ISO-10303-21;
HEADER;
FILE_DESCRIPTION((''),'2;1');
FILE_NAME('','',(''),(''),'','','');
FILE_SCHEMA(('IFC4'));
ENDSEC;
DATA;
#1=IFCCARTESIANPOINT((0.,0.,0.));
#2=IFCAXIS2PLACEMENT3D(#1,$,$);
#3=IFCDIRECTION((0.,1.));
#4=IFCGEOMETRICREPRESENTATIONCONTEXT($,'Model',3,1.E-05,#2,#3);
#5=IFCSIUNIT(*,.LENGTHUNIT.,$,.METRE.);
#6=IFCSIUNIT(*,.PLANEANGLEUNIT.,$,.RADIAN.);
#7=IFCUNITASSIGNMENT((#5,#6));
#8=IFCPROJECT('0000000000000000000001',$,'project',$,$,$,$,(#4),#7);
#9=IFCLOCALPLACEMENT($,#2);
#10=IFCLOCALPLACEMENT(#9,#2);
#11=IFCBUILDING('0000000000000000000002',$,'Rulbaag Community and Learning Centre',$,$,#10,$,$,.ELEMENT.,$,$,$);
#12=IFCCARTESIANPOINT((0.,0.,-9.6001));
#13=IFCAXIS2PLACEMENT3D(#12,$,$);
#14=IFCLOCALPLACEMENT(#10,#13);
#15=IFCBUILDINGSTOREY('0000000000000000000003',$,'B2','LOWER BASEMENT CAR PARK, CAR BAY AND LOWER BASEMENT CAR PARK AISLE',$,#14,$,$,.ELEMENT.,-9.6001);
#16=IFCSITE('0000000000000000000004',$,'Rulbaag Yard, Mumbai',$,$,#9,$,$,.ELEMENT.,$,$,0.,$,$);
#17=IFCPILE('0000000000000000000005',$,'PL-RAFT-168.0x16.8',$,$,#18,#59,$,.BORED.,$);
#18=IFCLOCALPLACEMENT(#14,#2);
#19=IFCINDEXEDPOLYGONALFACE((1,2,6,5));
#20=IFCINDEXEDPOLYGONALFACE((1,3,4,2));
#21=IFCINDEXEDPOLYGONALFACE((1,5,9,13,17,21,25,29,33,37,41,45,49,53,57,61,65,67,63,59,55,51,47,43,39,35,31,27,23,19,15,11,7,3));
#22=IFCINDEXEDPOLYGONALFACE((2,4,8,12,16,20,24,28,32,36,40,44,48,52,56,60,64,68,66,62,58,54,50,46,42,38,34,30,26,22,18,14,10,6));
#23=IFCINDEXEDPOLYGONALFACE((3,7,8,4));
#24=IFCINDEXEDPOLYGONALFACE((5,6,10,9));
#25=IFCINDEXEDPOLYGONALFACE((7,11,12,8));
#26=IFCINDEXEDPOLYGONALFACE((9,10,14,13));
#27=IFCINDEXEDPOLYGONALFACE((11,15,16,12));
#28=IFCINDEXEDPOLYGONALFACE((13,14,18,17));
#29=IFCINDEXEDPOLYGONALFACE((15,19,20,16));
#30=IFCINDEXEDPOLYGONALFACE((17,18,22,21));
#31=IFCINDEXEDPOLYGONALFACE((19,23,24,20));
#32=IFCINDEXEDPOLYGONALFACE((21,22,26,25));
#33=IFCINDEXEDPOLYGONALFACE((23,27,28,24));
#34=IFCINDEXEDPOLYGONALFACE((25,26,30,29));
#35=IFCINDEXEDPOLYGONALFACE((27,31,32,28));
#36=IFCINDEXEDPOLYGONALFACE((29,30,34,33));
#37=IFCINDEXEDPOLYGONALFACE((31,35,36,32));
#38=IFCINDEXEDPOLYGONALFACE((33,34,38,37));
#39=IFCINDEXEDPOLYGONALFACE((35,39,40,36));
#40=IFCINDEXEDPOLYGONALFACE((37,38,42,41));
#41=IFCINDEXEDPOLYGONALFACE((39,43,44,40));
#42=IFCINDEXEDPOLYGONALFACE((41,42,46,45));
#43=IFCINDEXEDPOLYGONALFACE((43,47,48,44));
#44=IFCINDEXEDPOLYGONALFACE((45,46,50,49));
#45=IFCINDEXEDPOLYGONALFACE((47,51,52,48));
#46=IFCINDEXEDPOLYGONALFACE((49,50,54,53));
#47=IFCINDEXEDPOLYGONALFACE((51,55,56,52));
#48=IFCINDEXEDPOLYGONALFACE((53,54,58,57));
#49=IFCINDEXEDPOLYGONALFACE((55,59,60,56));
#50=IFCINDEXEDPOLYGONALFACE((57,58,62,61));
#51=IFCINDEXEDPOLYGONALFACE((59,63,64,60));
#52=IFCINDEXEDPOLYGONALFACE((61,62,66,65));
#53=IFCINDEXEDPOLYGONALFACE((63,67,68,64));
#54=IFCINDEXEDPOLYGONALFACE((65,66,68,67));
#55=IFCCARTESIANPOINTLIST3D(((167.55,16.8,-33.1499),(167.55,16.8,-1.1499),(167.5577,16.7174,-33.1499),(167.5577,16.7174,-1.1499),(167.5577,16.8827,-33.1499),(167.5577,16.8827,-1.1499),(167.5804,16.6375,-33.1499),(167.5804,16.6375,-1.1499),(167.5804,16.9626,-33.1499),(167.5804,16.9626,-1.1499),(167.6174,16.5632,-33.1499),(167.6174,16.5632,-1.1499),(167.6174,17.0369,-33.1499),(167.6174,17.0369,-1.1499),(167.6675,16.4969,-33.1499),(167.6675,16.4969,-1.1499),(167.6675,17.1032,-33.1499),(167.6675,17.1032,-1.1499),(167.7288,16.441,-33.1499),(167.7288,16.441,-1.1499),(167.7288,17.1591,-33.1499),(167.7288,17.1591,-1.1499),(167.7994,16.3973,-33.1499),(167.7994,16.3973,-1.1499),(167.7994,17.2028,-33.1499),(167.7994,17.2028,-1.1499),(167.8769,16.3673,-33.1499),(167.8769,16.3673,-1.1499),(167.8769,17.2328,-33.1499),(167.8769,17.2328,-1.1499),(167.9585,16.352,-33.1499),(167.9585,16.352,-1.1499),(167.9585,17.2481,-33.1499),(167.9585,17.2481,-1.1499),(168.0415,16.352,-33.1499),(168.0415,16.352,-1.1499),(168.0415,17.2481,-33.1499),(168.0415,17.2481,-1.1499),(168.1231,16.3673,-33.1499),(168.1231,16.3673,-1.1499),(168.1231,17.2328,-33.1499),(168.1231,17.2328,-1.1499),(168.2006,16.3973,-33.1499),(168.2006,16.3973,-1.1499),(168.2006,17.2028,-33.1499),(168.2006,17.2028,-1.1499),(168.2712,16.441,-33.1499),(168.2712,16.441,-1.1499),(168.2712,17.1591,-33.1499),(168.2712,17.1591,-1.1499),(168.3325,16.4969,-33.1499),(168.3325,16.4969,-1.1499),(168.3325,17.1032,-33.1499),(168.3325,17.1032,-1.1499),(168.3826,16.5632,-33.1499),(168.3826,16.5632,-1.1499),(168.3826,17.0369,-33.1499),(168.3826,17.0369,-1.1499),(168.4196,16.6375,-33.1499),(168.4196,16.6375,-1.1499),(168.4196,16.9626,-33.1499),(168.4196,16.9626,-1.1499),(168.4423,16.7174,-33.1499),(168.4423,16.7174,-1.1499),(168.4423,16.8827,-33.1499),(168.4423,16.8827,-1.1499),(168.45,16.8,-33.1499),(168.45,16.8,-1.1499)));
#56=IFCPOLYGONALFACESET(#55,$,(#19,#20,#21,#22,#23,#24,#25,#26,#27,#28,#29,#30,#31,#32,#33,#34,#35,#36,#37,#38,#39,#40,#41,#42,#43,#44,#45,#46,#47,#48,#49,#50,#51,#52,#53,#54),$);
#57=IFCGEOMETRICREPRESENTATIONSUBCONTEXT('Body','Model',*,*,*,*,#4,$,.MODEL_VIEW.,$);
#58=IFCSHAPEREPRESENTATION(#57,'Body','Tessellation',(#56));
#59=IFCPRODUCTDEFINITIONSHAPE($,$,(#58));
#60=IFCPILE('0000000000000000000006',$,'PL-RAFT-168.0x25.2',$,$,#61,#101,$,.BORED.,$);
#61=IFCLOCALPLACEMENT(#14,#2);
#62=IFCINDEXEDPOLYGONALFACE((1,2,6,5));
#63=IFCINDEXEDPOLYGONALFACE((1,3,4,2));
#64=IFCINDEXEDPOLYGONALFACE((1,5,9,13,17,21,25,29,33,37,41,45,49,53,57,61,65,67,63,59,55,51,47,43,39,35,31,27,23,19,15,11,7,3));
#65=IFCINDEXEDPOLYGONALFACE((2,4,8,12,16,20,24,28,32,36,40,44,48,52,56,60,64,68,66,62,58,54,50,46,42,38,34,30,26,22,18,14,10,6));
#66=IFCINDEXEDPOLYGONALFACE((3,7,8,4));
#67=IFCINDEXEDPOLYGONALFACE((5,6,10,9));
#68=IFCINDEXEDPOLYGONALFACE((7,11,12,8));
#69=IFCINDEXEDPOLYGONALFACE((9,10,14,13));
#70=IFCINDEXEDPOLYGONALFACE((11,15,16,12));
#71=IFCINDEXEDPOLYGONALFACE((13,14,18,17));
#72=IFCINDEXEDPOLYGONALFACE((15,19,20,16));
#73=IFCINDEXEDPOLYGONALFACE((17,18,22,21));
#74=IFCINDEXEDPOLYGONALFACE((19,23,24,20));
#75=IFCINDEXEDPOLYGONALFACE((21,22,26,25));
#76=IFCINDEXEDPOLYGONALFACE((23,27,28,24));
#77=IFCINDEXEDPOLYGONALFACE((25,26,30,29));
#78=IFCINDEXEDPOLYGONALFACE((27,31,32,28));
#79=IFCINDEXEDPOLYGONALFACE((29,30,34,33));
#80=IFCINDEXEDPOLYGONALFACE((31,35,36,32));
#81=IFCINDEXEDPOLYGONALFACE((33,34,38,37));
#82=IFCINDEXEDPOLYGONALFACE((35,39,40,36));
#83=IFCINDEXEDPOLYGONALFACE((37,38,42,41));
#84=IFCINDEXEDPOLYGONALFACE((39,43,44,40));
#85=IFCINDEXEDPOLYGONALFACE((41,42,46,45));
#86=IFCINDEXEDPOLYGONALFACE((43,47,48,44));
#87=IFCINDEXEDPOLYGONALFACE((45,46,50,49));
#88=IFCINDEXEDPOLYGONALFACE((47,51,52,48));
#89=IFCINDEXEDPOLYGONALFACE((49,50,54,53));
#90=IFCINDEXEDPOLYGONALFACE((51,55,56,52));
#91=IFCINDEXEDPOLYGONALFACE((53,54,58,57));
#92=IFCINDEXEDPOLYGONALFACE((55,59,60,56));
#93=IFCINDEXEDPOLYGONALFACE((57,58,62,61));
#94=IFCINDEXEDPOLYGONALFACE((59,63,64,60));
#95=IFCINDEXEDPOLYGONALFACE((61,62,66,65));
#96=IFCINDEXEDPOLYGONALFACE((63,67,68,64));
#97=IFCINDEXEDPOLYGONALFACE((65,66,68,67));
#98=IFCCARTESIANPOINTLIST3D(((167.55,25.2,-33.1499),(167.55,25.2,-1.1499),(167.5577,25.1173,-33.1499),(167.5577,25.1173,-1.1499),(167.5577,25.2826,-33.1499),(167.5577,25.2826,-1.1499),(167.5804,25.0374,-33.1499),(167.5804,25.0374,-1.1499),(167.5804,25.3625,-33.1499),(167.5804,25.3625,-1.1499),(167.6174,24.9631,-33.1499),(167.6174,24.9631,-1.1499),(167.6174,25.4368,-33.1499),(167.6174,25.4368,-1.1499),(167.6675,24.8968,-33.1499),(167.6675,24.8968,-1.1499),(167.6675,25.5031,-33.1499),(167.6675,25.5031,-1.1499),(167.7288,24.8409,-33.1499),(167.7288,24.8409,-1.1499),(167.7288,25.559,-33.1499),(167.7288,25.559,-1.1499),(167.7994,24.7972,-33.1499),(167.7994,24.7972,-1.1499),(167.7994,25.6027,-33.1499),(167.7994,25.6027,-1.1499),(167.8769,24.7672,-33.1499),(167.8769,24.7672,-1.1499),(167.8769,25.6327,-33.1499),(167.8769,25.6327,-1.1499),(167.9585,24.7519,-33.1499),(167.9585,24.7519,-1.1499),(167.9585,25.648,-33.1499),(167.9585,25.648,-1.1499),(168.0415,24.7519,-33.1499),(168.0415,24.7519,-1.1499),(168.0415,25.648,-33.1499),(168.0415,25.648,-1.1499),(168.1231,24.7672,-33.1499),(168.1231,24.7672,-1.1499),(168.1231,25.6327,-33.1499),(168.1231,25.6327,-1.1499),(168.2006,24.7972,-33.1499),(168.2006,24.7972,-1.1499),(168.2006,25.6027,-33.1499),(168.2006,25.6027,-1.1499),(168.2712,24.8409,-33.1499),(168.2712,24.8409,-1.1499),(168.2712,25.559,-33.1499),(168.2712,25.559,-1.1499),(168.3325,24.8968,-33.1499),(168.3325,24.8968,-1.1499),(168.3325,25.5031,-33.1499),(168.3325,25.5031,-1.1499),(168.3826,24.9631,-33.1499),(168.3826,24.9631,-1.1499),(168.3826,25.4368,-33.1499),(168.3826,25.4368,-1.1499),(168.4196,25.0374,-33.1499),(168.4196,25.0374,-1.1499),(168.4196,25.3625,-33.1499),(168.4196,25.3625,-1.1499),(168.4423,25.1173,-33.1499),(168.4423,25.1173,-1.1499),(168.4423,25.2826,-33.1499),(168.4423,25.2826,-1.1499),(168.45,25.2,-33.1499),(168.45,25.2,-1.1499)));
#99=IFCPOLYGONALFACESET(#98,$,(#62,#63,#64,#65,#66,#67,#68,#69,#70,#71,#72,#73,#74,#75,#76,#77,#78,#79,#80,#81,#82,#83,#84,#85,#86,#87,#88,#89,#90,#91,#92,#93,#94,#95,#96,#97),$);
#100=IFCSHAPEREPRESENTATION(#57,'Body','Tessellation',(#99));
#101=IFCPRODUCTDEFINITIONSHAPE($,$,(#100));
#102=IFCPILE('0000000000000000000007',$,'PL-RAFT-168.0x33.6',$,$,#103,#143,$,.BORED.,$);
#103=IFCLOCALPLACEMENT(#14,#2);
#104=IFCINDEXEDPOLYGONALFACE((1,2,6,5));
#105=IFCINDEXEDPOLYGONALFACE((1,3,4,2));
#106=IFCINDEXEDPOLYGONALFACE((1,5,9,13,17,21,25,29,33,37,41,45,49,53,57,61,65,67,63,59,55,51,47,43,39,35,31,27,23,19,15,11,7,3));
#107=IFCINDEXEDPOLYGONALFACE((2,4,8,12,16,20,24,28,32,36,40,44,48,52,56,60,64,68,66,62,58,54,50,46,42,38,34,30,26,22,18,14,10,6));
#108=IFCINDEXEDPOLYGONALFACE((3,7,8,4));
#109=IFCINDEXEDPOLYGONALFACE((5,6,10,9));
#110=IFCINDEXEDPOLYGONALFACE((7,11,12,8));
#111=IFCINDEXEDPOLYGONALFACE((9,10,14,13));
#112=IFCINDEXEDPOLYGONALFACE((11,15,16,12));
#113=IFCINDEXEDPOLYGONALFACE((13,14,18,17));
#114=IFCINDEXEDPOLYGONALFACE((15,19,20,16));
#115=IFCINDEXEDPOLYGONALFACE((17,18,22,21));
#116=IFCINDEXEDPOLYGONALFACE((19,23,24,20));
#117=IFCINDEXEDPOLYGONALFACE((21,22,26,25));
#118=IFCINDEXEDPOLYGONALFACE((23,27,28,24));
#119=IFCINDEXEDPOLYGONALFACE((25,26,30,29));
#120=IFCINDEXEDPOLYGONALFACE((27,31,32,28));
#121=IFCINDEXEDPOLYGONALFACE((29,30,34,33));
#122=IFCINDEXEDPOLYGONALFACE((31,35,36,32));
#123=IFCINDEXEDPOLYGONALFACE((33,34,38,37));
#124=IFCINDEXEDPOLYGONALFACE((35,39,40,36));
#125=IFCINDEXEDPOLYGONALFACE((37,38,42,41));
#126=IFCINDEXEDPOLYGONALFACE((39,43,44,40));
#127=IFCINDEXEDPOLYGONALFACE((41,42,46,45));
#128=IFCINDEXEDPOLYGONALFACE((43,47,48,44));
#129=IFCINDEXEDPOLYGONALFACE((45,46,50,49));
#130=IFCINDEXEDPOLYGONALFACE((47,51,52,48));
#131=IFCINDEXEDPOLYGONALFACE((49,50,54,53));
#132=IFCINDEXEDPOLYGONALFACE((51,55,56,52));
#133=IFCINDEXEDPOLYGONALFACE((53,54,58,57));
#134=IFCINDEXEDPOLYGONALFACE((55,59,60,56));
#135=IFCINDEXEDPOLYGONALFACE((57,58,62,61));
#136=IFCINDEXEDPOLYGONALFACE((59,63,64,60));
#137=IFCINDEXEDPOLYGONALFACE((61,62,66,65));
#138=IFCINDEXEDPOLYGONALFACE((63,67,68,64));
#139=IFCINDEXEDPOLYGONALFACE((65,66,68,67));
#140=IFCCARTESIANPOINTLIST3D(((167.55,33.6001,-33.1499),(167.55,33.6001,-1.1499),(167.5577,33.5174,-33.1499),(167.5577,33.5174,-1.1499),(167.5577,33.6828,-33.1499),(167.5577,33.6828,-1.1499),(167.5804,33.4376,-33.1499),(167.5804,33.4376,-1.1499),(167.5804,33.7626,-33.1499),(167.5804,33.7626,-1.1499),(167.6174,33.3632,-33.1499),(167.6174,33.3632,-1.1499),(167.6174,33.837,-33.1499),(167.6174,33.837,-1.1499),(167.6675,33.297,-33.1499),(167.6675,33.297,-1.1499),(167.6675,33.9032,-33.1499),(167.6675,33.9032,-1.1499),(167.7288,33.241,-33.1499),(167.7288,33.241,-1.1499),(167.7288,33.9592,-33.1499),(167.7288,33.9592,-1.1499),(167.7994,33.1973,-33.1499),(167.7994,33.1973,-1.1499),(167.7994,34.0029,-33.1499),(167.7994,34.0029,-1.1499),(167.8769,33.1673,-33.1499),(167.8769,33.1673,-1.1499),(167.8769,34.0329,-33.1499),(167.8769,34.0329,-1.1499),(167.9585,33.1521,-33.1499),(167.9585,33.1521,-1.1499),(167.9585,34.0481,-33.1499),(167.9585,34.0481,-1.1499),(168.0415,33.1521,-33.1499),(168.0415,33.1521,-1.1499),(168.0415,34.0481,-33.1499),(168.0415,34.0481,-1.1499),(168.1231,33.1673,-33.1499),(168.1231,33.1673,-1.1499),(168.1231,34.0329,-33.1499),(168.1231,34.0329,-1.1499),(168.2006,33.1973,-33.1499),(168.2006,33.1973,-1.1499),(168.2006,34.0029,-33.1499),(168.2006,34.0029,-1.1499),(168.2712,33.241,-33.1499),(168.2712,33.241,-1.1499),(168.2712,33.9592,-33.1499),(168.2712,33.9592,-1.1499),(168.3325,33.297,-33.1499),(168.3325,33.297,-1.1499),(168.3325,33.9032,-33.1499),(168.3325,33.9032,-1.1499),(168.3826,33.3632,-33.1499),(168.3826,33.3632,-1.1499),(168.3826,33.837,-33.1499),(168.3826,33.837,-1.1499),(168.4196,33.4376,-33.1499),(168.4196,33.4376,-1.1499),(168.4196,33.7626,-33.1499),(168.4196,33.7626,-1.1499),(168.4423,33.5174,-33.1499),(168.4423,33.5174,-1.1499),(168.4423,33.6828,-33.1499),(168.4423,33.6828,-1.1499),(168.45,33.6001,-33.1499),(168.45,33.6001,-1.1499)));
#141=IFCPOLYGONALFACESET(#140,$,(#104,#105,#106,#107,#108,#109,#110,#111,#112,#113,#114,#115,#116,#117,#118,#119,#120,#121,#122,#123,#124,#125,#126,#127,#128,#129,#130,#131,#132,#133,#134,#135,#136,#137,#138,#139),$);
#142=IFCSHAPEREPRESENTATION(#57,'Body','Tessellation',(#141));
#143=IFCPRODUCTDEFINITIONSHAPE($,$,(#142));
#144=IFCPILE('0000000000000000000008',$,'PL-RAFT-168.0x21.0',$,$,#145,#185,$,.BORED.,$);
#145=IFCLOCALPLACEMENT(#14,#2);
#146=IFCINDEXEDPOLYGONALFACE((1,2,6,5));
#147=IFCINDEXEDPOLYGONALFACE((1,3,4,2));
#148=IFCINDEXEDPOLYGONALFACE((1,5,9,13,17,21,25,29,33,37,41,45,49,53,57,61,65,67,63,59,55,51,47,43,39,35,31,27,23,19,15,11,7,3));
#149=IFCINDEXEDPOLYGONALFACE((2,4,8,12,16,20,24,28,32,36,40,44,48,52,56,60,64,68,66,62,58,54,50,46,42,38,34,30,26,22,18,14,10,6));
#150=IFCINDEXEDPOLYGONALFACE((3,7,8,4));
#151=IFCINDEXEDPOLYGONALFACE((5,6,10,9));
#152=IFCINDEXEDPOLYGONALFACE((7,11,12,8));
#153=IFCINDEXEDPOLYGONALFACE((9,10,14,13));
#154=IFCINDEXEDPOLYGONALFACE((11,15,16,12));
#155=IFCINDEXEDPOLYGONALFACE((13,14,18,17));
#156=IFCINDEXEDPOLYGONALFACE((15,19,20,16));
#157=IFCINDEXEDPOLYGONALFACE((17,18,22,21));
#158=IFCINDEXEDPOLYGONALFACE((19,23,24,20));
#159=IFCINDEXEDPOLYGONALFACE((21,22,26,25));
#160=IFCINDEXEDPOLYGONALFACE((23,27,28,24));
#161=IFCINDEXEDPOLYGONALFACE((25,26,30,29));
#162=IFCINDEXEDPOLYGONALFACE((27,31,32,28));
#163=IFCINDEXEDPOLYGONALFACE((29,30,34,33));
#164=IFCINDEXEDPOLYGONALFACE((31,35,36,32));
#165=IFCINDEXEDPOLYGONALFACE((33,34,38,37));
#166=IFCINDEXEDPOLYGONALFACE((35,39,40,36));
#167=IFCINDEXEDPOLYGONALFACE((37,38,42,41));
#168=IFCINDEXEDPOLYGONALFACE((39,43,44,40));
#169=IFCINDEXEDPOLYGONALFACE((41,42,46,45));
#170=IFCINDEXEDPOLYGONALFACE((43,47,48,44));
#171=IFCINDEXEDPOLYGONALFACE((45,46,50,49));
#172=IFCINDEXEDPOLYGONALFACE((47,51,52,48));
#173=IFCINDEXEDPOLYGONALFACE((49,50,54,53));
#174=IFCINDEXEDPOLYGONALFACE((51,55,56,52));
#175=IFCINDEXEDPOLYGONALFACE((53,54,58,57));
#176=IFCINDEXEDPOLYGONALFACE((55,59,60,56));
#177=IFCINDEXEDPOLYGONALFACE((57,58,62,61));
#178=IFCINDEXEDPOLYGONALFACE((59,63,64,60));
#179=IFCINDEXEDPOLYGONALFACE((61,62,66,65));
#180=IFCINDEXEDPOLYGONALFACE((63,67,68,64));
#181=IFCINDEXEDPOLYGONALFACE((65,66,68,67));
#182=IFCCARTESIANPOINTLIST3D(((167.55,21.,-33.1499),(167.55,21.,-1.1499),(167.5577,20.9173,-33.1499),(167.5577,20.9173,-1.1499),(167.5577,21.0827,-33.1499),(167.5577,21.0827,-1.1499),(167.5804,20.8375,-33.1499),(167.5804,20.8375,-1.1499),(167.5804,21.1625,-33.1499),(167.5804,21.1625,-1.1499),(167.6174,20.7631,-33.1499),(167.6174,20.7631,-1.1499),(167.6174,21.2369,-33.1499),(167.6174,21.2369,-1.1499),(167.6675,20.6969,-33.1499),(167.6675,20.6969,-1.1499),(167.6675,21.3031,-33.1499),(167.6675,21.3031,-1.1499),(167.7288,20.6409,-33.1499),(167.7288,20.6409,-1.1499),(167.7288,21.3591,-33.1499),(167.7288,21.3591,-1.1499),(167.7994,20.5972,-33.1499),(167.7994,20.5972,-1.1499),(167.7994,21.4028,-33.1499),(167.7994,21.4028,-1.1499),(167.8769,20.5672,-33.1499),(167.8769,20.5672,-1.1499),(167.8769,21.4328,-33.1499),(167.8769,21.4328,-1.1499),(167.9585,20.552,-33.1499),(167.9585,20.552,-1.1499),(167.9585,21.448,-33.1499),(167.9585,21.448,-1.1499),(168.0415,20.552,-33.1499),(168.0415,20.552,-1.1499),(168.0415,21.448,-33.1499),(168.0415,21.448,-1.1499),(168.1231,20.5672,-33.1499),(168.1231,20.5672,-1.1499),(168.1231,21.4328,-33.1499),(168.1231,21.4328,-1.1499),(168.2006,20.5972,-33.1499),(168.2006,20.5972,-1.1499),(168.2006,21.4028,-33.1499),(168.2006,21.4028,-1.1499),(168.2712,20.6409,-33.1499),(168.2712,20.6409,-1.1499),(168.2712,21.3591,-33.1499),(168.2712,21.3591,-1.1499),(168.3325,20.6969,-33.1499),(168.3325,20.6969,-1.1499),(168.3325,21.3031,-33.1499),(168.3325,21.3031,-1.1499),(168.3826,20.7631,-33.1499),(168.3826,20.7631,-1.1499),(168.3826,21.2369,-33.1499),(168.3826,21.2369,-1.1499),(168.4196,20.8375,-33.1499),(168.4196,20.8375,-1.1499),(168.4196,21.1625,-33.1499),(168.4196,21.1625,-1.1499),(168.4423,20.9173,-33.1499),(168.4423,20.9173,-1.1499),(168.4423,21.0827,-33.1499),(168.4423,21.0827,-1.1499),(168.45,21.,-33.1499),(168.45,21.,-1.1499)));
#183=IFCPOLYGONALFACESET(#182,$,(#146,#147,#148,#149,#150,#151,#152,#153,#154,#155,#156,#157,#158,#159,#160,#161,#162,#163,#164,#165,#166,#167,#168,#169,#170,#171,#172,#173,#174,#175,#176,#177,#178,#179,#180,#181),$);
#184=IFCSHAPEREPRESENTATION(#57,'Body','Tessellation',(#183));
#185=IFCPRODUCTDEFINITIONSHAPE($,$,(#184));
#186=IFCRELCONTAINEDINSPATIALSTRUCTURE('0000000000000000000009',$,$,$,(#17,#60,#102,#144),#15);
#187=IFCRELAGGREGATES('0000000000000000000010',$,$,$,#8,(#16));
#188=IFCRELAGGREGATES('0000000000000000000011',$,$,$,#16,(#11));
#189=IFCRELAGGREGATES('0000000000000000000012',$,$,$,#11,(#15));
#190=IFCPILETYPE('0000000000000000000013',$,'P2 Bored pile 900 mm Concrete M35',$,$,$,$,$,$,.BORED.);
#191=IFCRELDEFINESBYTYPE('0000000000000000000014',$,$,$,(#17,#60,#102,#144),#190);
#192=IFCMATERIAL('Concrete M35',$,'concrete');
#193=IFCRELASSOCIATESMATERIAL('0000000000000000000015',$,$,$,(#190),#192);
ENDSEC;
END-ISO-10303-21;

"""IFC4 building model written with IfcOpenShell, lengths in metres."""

from ifc_helpers import new_model, si_unit, direction, frame, origin, origin_2d, place, context, subcontext, project, spatial, circle, extrude, material, material_profile, profile_set, type_object, element, save


model = new_model("IFC4")

# Units and contexts
model_context = context("Model", 3, precision=1e-05, world=origin(), true_north=direction((0.0, 1.0)))
body_context = subcontext(model_context, "Body", "Model", "MODEL_VIEW")
ifc_project = project(units=[si_unit("LENGTHUNIT", "METRE"), si_unit("PLANEANGLEUNIT", "RADIAN")], contexts=[model_context])

# Site, building, storey
site_placement = place(None, origin())
site = spatial("IfcSite", under=ifc_project, at=site_placement, Name="Rulbaag Yard, Mumbai", CompositionType="ELEMENT", RefElevation=0.0)
building_placement = place(site_placement, origin())
building = spatial("IfcBuilding", under=site, at=building_placement, Name="Rulbaag Community and Learning Centre", CompositionType="ELEMENT")
storey_placement = place(building_placement, frame((0.0, 0.0, -9.6001)))
storey = spatial("IfcBuildingStorey", under=building, at=storey_placement, Name="B2", Description="LOWER BASEMENT CAR PARK, CAR BAY AND LOWER BASEMENT CAR PARK AISLE", CompositionType="ELEMENT", Elevation=-9.6001)

# Piles
ifc_material_1 = material(Name="Concrete M35", Category="concrete")
ifc_material_profile_1 = material_profile(ifc_material_1, circle(Radius=0.45, at=origin_2d()), Name="BP900")
ifc_profile_set_1 = profile_set([ifc_material_profile_1], Name="Concrete M35")
pile_type_1 = type_object("IfcPileType", Name="P2 Bored pile 900 mm Concrete M35", PredefinedType="BORED", material=ifc_profile_set_1)
for number, where, z_axis, x_axis, name in (
    (1, (168.0, 16.8, -1.1499), (0.0, 0.0, -1.0), (1.0, 0.0, 0.0), "PL-RAFT-168.0x16.8"),
    (2, (168.0, 25.2, -1.1499), (0.0, 0.0, -1.0), (1.0, 0.0, 0.0), "PL-RAFT-168.0x25.2"),
    (3, (168.0, 33.6001, -1.1499), (0.0, 0.0, -1.0), (1.0, 0.0, 0.0), "PL-RAFT-168.0x33.6"),
    (4, (168.0, 21.0, -1.1499), (0.0, 0.0, -1.0), (1.0, 0.0, 0.0), "PL-RAFT-168.0x21.0"),
):
    element("IfcPile", number, at=place(storey_placement, frame(where, z_axis=z_axis, x_axis=x_axis)), inside=storey, type_object=pile_type_1, Name=name, PredefinedType="BORED", context=body_context, shape_type="SweptSolid", body=[
        extrude(circle(Radius=0.45, at=origin_2d()), origin(), (0.0, 0.0, 1.0), 32.0),
    ])

save(model, "model.ifc")
